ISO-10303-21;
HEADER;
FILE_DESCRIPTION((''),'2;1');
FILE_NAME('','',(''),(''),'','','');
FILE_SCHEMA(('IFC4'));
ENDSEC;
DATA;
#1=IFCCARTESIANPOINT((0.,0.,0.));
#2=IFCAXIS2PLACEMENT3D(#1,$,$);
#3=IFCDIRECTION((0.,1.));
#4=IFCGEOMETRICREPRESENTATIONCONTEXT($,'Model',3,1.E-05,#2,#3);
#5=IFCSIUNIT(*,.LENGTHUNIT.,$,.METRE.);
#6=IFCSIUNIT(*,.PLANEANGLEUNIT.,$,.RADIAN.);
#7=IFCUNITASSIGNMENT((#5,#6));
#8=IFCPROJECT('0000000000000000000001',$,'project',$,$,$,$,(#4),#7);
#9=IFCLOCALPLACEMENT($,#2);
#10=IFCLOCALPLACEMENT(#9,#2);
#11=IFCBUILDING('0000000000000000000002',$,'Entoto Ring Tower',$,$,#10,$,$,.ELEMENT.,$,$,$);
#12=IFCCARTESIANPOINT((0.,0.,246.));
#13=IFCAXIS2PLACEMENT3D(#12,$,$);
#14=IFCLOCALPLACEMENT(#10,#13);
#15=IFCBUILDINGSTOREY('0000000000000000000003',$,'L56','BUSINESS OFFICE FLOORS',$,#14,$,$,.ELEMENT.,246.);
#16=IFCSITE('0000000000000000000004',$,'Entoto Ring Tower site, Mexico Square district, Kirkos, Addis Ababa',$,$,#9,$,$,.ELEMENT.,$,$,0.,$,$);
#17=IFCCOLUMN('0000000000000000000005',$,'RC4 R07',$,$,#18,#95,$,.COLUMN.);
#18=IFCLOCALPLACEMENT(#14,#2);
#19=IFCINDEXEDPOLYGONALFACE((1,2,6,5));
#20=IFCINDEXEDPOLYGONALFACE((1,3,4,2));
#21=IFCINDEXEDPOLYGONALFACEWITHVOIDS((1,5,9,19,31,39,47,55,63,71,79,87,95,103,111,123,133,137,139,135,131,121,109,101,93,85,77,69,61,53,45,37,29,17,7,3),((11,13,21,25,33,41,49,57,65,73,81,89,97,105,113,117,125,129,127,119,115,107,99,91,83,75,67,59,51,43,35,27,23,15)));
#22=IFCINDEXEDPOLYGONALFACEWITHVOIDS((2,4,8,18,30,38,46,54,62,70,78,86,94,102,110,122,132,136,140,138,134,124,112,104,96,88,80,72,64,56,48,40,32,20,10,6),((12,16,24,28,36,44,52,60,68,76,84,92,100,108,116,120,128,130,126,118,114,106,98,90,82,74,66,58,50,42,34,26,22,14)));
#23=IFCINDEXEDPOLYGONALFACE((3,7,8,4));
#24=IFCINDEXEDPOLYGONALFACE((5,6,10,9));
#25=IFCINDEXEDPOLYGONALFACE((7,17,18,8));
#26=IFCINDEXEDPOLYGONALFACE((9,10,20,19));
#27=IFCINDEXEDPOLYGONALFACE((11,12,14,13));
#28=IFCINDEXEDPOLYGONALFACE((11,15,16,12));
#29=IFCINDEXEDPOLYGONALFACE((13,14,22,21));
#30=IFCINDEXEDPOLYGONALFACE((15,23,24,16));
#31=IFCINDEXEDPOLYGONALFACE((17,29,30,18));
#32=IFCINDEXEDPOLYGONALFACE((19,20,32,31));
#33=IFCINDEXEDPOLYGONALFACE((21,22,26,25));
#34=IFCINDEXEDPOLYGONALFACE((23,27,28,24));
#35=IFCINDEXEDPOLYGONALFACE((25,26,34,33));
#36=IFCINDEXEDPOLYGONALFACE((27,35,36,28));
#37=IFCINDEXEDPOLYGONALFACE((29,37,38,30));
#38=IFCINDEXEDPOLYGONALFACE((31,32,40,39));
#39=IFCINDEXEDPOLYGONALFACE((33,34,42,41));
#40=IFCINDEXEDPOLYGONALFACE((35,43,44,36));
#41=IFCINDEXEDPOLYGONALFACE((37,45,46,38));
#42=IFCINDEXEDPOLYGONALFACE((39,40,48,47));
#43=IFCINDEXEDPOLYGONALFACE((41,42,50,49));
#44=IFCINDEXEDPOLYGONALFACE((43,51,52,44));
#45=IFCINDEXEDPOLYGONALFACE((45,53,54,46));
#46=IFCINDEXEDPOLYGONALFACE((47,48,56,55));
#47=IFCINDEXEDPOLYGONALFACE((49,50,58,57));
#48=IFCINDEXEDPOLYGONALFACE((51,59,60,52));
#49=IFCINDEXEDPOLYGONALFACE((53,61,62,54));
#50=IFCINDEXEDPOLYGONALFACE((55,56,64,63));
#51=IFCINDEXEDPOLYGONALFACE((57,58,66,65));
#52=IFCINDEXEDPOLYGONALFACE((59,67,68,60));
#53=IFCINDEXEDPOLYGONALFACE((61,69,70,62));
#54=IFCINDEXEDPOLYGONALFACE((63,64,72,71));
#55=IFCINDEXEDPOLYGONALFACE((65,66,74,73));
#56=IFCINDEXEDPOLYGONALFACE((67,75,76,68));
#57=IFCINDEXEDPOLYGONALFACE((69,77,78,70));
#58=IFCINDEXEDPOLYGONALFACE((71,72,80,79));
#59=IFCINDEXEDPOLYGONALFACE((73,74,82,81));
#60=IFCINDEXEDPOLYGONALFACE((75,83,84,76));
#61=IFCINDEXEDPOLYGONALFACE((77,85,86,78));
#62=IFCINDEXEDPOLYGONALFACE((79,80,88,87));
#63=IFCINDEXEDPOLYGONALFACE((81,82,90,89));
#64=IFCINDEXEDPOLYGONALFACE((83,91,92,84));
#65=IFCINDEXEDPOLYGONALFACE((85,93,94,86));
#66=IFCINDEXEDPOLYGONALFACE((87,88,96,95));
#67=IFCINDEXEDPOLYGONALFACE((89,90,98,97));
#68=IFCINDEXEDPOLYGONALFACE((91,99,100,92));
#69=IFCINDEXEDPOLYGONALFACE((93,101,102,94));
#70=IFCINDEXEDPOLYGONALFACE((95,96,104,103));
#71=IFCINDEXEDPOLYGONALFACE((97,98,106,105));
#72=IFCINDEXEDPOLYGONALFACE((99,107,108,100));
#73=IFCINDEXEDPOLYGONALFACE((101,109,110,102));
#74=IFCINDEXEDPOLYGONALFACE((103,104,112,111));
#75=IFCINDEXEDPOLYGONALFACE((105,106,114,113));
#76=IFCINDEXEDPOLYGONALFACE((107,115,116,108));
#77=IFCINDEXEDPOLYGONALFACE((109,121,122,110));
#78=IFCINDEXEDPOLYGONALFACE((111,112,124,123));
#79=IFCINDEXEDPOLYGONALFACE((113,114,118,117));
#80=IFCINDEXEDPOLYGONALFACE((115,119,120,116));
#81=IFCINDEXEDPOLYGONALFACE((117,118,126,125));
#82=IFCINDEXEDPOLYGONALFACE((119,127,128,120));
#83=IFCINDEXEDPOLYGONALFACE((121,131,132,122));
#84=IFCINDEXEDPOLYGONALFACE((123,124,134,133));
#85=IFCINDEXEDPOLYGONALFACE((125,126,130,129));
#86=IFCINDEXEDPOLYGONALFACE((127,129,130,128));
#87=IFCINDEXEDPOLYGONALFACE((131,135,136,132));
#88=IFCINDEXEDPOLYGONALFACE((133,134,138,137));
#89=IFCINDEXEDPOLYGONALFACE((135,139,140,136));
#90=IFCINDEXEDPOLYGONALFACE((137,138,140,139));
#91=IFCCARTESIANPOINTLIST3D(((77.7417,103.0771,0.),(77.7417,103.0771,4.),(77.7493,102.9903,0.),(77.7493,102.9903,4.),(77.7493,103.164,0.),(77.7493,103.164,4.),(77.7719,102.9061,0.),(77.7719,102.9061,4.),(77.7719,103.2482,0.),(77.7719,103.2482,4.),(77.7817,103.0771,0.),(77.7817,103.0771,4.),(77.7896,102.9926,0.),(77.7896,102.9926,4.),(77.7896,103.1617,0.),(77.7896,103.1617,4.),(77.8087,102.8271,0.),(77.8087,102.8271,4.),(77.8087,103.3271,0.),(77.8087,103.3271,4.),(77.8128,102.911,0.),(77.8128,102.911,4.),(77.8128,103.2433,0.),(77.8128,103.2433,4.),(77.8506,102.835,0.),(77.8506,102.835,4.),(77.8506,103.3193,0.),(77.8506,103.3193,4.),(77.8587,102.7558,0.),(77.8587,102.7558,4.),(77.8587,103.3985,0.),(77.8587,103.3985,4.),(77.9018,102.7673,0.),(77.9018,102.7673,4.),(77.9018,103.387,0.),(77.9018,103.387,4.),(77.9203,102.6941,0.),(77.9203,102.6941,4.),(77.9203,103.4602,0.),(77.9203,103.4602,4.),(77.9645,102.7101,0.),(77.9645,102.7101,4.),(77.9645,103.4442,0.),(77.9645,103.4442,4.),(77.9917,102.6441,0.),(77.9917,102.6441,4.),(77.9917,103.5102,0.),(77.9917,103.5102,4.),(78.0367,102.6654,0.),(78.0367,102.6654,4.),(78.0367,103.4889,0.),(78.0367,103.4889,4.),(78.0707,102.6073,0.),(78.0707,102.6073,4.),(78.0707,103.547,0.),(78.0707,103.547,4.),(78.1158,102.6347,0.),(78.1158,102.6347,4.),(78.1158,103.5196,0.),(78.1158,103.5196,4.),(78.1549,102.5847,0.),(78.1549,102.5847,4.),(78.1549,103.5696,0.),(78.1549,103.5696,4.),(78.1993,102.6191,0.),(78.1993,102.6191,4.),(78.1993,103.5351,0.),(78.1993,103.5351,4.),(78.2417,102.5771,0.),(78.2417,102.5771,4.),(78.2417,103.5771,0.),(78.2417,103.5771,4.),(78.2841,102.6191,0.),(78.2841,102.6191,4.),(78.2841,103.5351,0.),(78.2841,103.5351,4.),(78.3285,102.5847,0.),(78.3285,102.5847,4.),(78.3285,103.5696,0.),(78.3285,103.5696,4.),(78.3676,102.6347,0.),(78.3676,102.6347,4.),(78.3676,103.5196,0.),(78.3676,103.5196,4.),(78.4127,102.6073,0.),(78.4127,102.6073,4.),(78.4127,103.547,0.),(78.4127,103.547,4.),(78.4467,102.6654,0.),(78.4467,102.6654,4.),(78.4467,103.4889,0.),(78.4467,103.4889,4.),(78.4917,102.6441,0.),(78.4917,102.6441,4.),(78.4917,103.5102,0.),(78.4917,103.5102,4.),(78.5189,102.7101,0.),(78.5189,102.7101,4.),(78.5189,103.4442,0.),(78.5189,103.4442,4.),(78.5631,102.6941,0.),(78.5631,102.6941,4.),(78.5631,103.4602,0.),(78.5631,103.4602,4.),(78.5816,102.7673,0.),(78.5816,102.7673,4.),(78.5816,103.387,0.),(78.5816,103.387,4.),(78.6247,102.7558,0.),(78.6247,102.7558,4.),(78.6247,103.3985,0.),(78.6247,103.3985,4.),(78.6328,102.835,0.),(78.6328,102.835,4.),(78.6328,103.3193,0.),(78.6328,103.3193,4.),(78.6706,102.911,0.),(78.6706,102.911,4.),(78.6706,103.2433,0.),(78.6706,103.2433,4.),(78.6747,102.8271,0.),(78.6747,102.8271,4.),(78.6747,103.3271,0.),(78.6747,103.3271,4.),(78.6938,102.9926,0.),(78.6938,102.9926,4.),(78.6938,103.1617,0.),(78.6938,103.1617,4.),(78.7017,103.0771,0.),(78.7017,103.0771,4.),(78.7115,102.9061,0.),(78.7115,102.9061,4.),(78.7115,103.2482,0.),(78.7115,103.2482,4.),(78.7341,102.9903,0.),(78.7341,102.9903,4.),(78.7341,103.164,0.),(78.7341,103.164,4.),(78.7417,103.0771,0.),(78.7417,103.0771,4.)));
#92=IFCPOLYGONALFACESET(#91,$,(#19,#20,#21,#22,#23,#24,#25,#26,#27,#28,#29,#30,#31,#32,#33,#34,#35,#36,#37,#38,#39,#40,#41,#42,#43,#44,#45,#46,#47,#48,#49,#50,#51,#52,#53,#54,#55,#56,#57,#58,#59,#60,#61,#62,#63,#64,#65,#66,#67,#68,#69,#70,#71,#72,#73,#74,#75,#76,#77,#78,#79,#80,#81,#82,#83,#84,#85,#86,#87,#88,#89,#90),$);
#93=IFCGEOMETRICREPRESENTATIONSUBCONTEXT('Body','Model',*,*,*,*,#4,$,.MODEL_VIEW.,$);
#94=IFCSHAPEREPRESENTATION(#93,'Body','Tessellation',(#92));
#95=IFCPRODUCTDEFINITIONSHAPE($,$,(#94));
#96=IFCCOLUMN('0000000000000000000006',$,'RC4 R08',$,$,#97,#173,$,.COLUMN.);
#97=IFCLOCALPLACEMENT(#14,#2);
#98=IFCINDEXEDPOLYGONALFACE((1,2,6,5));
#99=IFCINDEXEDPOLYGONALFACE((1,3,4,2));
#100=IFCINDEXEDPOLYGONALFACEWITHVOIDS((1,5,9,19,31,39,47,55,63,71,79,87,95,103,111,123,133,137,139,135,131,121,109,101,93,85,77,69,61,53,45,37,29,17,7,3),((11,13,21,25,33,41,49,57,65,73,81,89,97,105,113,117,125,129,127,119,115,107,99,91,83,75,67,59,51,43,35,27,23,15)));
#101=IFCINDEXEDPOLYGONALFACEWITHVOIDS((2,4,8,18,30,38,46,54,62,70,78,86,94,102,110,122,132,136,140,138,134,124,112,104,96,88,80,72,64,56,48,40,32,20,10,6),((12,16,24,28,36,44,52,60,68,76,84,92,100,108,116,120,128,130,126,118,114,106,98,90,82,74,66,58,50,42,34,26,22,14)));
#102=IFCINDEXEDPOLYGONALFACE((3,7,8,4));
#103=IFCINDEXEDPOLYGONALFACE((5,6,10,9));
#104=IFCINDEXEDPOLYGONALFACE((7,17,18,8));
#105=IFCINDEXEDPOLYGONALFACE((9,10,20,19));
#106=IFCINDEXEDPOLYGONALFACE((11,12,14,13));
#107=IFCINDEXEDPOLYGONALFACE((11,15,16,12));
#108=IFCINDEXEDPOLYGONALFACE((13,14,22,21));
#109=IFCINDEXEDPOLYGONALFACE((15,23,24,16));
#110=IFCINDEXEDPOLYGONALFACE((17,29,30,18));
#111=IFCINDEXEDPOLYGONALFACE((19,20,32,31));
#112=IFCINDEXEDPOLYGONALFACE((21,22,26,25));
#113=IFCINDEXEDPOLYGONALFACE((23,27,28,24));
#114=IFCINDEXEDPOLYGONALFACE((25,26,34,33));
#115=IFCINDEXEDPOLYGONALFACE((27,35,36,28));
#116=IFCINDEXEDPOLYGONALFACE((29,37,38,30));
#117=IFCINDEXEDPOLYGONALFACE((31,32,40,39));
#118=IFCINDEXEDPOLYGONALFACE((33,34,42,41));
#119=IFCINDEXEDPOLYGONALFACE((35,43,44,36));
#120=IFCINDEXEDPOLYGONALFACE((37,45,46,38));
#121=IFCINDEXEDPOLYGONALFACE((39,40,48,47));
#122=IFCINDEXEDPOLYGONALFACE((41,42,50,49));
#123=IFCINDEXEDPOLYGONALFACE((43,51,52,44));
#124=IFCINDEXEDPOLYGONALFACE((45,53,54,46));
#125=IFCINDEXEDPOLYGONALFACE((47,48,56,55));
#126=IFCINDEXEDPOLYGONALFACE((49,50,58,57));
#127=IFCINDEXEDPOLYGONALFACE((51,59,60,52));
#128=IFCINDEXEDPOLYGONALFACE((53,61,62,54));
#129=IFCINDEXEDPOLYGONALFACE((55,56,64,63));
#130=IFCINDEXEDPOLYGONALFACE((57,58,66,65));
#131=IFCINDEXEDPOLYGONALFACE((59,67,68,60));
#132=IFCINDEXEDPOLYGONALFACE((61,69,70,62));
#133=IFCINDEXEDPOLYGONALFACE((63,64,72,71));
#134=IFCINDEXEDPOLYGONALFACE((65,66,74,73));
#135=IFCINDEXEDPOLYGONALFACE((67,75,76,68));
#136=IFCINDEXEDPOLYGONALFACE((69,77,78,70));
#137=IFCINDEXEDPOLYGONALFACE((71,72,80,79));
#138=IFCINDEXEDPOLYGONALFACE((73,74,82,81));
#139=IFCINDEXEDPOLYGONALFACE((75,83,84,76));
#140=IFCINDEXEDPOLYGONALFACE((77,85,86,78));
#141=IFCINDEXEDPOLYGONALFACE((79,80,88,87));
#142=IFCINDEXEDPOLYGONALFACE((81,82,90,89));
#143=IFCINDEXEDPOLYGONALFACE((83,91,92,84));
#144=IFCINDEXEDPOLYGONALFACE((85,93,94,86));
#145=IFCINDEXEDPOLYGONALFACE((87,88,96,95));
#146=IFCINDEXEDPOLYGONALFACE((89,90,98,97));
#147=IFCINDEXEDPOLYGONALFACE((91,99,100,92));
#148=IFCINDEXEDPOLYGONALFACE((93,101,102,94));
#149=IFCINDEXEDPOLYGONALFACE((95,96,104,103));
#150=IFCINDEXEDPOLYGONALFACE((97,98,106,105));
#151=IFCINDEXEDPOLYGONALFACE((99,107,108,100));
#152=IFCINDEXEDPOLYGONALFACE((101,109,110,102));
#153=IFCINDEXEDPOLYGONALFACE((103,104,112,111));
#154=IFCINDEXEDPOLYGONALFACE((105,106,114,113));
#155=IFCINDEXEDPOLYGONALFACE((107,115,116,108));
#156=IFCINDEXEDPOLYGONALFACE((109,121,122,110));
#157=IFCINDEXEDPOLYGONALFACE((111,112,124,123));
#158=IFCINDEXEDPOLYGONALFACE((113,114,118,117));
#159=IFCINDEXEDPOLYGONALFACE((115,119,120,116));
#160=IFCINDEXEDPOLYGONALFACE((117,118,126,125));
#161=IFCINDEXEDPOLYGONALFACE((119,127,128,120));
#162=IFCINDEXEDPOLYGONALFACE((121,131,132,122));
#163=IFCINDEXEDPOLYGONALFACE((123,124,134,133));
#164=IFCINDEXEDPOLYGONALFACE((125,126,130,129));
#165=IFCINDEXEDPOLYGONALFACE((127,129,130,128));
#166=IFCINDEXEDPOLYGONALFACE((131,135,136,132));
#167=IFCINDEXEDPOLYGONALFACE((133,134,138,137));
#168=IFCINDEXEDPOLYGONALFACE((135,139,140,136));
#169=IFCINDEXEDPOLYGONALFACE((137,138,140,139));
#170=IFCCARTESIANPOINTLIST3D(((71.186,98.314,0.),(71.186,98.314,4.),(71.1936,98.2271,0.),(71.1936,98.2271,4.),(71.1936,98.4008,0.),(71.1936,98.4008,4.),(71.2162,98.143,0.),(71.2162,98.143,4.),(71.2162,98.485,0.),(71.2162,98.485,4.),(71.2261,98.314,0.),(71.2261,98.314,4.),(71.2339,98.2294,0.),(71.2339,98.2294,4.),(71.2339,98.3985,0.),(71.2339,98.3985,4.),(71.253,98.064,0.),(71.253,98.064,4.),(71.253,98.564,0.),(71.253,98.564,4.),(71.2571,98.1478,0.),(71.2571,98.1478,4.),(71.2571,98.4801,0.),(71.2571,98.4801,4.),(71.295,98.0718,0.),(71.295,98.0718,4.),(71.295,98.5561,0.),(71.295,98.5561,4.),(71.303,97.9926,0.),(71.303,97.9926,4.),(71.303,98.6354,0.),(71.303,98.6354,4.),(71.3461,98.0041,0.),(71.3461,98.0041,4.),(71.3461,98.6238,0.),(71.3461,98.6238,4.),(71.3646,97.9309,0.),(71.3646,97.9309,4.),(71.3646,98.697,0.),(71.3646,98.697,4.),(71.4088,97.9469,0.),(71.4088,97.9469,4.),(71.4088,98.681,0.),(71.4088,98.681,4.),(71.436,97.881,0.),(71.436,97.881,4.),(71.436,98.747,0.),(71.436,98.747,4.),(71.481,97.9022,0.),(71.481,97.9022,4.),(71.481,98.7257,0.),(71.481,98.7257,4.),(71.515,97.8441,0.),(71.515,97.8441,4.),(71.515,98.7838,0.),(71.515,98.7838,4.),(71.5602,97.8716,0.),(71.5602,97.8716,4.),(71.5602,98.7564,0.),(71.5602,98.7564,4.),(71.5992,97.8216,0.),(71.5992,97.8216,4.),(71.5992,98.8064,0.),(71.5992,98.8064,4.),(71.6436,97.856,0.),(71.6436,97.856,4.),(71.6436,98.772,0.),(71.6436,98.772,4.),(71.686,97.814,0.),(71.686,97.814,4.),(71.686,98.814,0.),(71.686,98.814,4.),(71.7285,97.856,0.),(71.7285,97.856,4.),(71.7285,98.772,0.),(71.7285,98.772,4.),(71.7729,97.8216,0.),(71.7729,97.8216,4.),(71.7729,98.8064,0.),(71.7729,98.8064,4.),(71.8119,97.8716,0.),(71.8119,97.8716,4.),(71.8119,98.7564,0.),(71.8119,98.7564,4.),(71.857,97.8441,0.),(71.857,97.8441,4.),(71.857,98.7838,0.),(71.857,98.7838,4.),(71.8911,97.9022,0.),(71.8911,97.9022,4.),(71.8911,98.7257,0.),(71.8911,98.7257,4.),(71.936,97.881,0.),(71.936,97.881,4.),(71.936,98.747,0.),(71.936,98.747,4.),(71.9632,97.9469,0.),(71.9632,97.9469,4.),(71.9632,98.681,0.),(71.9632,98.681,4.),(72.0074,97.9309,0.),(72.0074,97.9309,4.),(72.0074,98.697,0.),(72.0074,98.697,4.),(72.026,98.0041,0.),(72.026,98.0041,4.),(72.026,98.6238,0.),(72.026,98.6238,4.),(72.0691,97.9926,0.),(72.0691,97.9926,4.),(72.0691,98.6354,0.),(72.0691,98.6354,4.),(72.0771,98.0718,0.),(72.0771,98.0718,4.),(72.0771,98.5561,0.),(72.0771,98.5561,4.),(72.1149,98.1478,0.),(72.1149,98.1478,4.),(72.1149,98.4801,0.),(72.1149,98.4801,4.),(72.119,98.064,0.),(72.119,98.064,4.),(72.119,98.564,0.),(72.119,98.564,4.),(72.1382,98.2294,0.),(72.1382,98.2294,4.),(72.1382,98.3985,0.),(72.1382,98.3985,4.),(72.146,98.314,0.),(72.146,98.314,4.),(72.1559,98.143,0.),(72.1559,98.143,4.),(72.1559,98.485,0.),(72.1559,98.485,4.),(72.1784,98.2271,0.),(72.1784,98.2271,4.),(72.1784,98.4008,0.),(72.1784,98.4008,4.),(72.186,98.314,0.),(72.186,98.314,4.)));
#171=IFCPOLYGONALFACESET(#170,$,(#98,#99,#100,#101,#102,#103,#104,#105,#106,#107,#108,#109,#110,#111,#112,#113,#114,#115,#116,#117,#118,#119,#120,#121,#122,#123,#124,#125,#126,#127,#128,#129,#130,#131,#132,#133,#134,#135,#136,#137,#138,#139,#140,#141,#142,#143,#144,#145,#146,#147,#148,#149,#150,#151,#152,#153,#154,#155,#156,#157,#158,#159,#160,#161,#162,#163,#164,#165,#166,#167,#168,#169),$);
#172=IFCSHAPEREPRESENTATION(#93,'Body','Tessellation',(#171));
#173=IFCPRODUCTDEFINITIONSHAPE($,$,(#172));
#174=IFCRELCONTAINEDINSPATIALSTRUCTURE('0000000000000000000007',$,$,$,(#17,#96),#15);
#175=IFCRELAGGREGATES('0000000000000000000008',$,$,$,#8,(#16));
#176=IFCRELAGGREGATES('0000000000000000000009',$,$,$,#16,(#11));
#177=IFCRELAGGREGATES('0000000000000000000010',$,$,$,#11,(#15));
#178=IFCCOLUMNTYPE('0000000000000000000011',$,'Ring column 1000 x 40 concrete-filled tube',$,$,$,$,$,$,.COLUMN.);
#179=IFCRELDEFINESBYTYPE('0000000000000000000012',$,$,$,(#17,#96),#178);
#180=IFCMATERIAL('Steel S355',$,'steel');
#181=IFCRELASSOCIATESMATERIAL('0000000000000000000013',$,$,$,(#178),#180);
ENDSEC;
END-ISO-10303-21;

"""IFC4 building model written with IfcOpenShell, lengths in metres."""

from ifc_helpers import new_model, si_unit, direction, frame, origin, origin_2d, place, context, subcontext, project, spatial, circle, hollow_circle, extrude, material, material_profile, profile_set, type_object, element, save


model = new_model("IFC4")

# Units and contexts
model_context = context("Model", 3, precision=1e-05, world=origin(), true_north=direction((0.0, 1.0)))
body_context = subcontext(model_context, "Body", "Model", "MODEL_VIEW")
ifc_project = project(units=[si_unit("LENGTHUNIT", "METRE"), si_unit("PLANEANGLEUNIT", "RADIAN")], contexts=[model_context])

# Site, building, storey
site_placement = place(None, origin())
site = spatial("IfcSite", under=ifc_project, at=site_placement, Name="Entoto Ring Tower site, Mexico Square district, Kirkos, Addis Ababa", CompositionType="ELEMENT", RefElevation=0.0)
building_placement = place(site_placement, origin())
building = spatial("IfcBuilding", under=site, at=building_placement, Name="Entoto Ring Tower", CompositionType="ELEMENT")
storey_placement = place(building_placement, frame((0.0, 0.0, 246.0)))
storey = spatial("IfcBuildingStorey", under=building, at=storey_placement, Name="L56", Description="BUSINESS OFFICE FLOORS", CompositionType="ELEMENT", Elevation=246.0)

# Columns
ifc_material_1 = material(Name="Steel S355", Category="steel")
ifc_material_profile_1 = material_profile(ifc_material_1, hollow_circle(Radius=0.5, WallThickness=0.04, at=origin_2d()), Name="CHS 1000 x 40")
ifc_material_2 = material(Name="Concrete C60/75", Category="concrete")
ifc_material_profile_2 = material_profile(ifc_material_2, circle(Radius=0.46, at=origin_2d()), Name="Concrete C60/75 infill")
ifc_profile_set_1 = profile_set([ifc_material_profile_1, ifc_material_profile_2], Name="Steel S355")
column_type = type_object("IfcColumnType", Name="Ring column 1000 x 40 concrete-filled tube", PredefinedType="COLUMN", material=ifc_profile_set_1)
for number, where, z_axis, x_axis, name in (
    (1, (78.2417, 103.0771, 0.0), (0.0, 0.0, 1.0), (1.0, 0.0, 0.0), "RC4 R07"),
    (2, (71.686, 98.314, 0.0), (0.0, 0.0, 1.0), (1.0, 0.0, 0.0), "RC4 R08"),
):
    element("IfcColumn", number, at=place(storey_placement, frame(where, z_axis=z_axis, x_axis=x_axis)), inside=storey, type_object=column_type, Name=name, PredefinedType="COLUMN", context=body_context, shape_type="SweptSolid", body=[
        extrude(hollow_circle(Radius=0.5, WallThickness=0.04, at=origin_2d()), origin(), (0.0, 0.0, 1.0), 4.0),
    ])

save(model, "model.ifc")
